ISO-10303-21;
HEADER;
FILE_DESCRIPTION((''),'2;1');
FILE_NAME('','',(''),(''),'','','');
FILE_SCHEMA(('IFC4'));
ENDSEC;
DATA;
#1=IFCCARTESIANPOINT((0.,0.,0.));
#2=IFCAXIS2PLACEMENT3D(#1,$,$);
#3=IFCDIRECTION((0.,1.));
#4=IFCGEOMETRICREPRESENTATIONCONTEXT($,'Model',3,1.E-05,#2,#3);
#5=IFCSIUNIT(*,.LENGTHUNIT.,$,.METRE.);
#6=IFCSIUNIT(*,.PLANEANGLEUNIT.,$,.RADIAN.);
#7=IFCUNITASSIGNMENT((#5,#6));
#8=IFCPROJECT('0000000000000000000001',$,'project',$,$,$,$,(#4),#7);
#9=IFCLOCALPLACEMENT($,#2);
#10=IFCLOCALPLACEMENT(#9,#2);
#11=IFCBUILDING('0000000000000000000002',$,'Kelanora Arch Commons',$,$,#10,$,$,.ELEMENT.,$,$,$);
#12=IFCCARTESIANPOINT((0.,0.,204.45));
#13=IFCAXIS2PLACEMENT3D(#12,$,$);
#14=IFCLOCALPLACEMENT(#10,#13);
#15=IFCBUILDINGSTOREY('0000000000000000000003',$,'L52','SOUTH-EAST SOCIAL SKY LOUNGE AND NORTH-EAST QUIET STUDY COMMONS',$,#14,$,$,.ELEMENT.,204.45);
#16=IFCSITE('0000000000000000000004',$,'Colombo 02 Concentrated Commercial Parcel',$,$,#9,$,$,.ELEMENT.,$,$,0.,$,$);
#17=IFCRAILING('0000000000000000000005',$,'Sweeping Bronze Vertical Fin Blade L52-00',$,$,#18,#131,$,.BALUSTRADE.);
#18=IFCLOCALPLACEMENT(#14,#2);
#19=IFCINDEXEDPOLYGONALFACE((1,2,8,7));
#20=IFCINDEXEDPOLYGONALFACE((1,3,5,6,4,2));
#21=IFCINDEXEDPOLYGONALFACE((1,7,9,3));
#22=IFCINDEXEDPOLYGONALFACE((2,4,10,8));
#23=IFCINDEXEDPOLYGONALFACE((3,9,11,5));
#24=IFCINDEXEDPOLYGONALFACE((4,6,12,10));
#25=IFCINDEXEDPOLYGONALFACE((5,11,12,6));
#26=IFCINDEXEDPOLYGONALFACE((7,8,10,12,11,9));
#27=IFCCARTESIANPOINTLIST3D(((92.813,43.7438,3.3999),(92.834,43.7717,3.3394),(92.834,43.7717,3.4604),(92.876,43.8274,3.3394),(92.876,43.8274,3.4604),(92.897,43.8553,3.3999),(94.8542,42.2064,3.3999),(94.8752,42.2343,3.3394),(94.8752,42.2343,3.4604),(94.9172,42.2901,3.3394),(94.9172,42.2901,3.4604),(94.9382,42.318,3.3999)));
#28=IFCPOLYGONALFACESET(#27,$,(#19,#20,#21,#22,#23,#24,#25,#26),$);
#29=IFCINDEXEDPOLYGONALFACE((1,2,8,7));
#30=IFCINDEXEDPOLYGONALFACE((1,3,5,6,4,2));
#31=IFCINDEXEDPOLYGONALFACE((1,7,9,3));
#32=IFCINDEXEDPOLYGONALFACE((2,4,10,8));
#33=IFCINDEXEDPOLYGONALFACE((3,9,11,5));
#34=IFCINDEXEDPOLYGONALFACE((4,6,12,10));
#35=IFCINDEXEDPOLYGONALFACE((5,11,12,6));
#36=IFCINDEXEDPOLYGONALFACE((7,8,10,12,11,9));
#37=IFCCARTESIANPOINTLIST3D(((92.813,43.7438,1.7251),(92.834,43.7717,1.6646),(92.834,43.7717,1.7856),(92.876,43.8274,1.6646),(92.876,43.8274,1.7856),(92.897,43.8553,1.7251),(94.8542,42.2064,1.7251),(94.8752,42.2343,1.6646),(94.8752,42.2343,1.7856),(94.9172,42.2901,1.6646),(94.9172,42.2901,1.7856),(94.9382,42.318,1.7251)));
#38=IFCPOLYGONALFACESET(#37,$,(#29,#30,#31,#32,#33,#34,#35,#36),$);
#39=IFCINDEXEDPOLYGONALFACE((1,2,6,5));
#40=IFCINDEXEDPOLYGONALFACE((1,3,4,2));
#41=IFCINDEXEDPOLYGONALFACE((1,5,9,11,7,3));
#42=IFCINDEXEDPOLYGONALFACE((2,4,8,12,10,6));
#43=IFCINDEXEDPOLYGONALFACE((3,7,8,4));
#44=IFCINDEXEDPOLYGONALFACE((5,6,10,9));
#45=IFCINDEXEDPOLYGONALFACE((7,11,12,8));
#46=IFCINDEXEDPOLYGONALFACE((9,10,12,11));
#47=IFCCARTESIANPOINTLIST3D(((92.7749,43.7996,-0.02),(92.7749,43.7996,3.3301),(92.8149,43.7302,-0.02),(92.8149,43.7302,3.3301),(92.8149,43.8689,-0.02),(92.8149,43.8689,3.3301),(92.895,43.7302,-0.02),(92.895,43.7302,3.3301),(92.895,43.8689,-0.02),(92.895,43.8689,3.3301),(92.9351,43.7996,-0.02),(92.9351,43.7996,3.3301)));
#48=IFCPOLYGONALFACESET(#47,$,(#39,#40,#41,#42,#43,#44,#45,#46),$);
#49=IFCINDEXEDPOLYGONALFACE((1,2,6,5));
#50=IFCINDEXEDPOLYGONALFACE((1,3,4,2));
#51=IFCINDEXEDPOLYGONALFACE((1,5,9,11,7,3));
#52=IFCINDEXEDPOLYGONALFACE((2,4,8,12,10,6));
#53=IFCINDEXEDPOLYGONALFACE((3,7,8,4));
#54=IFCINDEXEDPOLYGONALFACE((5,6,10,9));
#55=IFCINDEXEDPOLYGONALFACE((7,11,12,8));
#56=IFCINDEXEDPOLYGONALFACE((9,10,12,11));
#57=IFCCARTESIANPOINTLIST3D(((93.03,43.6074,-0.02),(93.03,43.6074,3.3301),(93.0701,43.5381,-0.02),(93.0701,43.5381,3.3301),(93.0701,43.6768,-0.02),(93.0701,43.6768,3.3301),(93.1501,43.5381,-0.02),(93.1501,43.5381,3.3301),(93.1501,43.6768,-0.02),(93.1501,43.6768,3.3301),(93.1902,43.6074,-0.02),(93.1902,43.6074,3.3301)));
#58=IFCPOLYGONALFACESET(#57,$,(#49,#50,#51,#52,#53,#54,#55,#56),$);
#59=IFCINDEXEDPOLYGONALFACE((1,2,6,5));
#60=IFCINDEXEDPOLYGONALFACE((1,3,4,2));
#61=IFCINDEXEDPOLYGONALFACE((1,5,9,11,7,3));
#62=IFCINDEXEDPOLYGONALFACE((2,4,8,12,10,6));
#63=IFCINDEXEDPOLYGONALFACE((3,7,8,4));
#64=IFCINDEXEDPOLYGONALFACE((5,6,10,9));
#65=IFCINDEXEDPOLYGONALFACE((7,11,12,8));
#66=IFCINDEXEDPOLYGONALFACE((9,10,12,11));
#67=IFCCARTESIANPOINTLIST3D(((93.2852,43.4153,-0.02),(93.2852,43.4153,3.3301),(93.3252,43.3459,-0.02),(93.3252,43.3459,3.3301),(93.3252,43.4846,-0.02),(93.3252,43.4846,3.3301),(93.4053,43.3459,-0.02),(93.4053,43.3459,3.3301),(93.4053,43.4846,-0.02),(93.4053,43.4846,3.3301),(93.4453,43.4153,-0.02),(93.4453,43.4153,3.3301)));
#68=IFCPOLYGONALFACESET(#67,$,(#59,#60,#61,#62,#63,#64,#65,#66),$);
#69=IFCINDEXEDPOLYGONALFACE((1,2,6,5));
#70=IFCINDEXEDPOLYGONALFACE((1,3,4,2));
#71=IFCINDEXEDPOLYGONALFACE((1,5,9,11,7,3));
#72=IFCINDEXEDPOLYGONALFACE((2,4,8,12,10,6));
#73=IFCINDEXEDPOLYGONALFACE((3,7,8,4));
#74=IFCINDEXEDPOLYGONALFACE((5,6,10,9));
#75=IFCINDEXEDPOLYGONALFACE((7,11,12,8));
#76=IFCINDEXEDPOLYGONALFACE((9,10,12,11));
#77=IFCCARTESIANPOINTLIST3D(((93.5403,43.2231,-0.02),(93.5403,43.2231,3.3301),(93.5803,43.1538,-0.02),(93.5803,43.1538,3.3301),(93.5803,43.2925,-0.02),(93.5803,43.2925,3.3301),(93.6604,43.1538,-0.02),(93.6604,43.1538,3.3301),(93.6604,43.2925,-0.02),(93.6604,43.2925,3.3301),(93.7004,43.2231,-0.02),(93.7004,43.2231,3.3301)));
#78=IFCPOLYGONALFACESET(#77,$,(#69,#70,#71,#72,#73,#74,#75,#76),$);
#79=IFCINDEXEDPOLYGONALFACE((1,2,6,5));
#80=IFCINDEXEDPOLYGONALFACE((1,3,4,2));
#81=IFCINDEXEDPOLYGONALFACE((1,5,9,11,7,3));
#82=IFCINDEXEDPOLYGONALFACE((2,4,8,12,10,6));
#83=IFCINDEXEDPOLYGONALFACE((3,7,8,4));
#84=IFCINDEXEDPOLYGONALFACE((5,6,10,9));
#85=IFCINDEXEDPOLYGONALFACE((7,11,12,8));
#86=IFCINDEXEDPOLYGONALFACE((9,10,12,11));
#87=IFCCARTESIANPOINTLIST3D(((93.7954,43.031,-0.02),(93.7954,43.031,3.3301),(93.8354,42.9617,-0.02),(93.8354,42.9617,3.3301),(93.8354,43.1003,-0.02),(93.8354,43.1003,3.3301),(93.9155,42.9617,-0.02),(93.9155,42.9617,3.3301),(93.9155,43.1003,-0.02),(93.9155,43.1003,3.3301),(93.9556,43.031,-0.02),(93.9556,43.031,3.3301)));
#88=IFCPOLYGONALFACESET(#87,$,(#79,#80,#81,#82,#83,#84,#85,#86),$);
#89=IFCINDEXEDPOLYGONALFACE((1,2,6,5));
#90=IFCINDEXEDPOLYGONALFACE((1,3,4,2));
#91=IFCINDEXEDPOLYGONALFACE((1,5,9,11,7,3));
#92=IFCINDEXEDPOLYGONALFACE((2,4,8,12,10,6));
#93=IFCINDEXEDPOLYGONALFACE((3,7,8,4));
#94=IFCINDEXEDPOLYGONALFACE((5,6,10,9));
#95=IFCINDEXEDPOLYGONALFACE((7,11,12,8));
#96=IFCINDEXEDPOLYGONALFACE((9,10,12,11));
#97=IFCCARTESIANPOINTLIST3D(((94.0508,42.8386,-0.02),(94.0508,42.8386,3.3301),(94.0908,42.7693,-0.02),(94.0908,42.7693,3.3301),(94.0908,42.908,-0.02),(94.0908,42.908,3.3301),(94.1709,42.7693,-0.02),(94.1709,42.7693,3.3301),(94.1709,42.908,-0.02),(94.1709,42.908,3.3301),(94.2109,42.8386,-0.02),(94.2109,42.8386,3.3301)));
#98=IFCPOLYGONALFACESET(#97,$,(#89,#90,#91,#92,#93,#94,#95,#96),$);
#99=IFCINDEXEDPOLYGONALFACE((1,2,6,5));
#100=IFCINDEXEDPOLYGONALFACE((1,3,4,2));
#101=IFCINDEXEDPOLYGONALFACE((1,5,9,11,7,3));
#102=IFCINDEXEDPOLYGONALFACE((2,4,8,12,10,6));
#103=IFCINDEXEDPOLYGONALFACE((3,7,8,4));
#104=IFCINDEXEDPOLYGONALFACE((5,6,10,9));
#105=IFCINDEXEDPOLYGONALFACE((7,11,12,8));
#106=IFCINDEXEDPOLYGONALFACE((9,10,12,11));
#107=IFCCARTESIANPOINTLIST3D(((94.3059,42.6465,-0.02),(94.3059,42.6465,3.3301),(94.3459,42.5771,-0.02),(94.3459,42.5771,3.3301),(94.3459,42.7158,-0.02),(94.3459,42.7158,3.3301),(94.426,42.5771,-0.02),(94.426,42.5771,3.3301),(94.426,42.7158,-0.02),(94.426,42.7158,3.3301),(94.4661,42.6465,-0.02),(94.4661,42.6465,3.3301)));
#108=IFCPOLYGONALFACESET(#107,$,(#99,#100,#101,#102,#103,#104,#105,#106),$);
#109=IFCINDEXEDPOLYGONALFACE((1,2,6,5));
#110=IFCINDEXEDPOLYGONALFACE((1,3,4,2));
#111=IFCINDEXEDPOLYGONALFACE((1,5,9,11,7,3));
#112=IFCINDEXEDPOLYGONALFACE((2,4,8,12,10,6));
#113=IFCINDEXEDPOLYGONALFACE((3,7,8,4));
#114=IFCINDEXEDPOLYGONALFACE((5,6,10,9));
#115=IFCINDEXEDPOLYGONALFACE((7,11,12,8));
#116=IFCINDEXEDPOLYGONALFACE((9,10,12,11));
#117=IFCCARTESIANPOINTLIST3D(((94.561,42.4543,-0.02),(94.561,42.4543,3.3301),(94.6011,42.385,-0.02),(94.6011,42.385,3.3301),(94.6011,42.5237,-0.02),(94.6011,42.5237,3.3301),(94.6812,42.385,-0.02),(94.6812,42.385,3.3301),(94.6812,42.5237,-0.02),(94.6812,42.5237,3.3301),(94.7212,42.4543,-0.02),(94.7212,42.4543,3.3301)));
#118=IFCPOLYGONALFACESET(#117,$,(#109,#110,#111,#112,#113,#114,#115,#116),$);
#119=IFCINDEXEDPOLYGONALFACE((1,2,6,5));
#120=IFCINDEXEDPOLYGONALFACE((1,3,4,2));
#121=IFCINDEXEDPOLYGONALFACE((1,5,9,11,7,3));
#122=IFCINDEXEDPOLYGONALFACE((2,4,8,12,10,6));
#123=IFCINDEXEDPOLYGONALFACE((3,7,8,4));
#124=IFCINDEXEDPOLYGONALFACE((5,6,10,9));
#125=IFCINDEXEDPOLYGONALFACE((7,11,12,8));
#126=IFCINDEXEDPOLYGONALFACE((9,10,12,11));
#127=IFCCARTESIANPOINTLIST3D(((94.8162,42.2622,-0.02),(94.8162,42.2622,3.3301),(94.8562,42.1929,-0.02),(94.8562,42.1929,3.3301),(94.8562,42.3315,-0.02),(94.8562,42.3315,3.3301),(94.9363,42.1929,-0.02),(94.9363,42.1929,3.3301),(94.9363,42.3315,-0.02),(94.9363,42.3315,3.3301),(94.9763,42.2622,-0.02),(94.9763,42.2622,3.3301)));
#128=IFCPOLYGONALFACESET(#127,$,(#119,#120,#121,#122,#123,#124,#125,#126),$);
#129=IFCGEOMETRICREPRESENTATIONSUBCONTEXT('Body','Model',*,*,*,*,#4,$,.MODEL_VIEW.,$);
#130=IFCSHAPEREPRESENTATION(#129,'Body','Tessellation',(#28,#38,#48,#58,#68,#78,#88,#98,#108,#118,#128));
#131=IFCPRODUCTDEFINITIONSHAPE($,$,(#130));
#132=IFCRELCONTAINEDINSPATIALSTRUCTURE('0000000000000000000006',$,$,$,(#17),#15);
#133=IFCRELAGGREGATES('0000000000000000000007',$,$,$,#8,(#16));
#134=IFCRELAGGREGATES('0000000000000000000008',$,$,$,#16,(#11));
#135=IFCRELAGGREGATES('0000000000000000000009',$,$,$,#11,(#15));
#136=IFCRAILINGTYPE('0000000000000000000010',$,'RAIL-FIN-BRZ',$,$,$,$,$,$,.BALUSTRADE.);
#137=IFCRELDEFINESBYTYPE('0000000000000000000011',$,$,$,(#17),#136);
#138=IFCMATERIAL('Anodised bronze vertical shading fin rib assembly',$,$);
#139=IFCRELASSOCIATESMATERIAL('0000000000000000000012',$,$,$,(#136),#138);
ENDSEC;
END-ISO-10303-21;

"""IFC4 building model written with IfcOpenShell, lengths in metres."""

from ifc_helpers import new_model, si_unit, direction, frame, origin, place, context, subcontext, project, spatial, polyline, outline, extrude, material, type_object, element, save


model = new_model("IFC4")

# Units and contexts
model_context = context("Model", 3, precision=1e-05, world=origin(), true_north=direction((0.0, 1.0)))
body_context = subcontext(model_context, "Body", "Model", "MODEL_VIEW")
ifc_project = project(units=[si_unit("LENGTHUNIT", "METRE"), si_unit("PLANEANGLEUNIT", "RADIAN")], contexts=[model_context])

# Site, building, storey
site_placement = place(None, origin())
site = spatial("IfcSite", under=ifc_project, at=site_placement, Name="Colombo 02 Concentrated Commercial Parcel", CompositionType="ELEMENT", RefElevation=0.0)
building_placement = place(site_placement, origin())
building = spatial("IfcBuilding", under=site, at=building_placement, Name="Kelanora Arch Commons", CompositionType="ELEMENT")
storey_placement = place(building_placement, frame((0.0, 0.0, 204.45)))
storey = spatial("IfcBuildingStorey", under=building, at=storey_placement, Name="L52", Description="SOUTH-EAST SOCIAL SKY LOUNGE AND NORTH-EAST QUIET STUDY COMMONS", CompositionType="ELEMENT", Elevation=204.45)

# Railing
ifc_material_1 = material(Name="Anodised bronze vertical shading fin rib assembly")
railing_type = type_object("IfcRailingType", Name="RAIL-FIN-BRZ", PredefinedType="BALUSTRADE", material=ifc_material_1)
railing_1_placement = place(storey_placement, frame((92.855, 43.7996, -0.02)))
element("IfcRailing", 1, at=railing_1_placement, inside=storey, type_object=railing_type, Name="Sweeping Bronze Vertical Fin Blade L52-00", PredefinedType="BALUSTRADE", context=body_context, shape_type="SweptSolid", body=[
    extrude(outline(polyline([(0.0698, 0.0), (0.0349, 0.0605), (-0.0349, 0.0605), (-0.0698, 0.0), (-0.0349, -0.0605), (0.0349, -0.0605), (0.0698, 0.0)])), frame((0.0, 0.0, 3.4199), z_axis=(0.798795, -0.601604, 0.0), x_axis=(0.601604, 0.798795, 0.0)), (0.0, 0.0, 1.0), 2.5554),
    extrude(outline(polyline([(0.0698, 0.0), (0.0349, 0.0605), (-0.0349, 0.0605), (-0.0698, 0.0), (-0.0349, -0.0605), (0.0349, -0.0605), (0.0698, 0.0)])), frame((0.0, 0.0, 1.7451), z_axis=(0.798795, -0.601604, 0.0), x_axis=(0.601604, 0.798795, 0.0)), (0.0, 0.0, 1.0), 2.5554),
    extrude(outline(polyline([(0.0801, 0.0), (0.04, 0.0693), (-0.04, 0.0693), (-0.0801, 0.0), (-0.04, -0.0693), (0.04, -0.0693), (0.0801, 0.0)])), origin(), (0.0, 0.0, 1.0), 3.3501),
    extrude(outline(polyline([(0.0801, 0.0), (0.04, 0.0693), (-0.04, 0.0693), (-0.0801, 0.0), (-0.04, -0.0693), (0.04, -0.0693), (0.0801, 0.0)])), frame((0.2551, -0.1921, 0.0)), (0.0, 0.0, 1.0), 3.3501),
    extrude(outline(polyline([(0.0801, 0.0), (0.04, 0.0693), (-0.04, 0.0693), (-0.0801, 0.0), (-0.04, -0.0693), (0.04, -0.0693), (0.0801, 0.0)])), frame((0.5103, -0.3843, 0.0)), (0.0, 0.0, 1.0), 3.3501),
    extrude(outline(polyline([(0.0801, 0.0), (0.04, 0.0693), (-0.04, 0.0693), (-0.0801, 0.0), (-0.04, -0.0693), (0.04, -0.0693), (0.0801, 0.0)])), frame((0.7654, -0.5764, 0.0)), (0.0, 0.0, 1.0), 3.3501),
    extrude(outline(polyline([(0.0801, 0.0), (0.04, 0.0693), (-0.04, 0.0693), (-0.0801, 0.0), (-0.04, -0.0693), (0.04, -0.0693), (0.0801, 0.0)])), frame((1.0205, -0.7686, 0.0)), (0.0, 0.0, 1.0), 3.3501),
    extrude(outline(polyline([(0.0801, 0.0), (0.04, 0.0693), (-0.04, 0.0693), (-0.0801, 0.0), (-0.04, -0.0693), (0.04, -0.0693), (0.0801, 0.0)])), frame((1.2759, -0.9609, 0.0)), (0.0, 0.0, 1.0), 3.3501),
    extrude(outline(polyline([(0.0801, 0.0), (0.04, 0.0693), (-0.04, 0.0693), (-0.0801, 0.0), (-0.04, -0.0693), (0.04, -0.0693), (0.0801, 0.0)])), frame((1.531, -1.1531, 0.0)), (0.0, 0.0, 1.0), 3.3501),
    extrude(outline(polyline([(0.0801, 0.0), (0.04, 0.0693), (-0.04, 0.0693), (-0.0801, 0.0), (-0.04, -0.0693), (0.04, -0.0693), (0.0801, 0.0)])), frame((1.7861, -1.3452, 0.0)), (0.0, 0.0, 1.0), 3.3501),
    extrude(outline(polyline([(0.0801, 0.0), (0.04, 0.0693), (-0.04, 0.0693), (-0.0801, 0.0), (-0.04, -0.0693), (0.04, -0.0693), (0.0801, 0.0)])), frame((2.0413, -1.5374, 0.0)), (0.0, 0.0, 1.0), 3.3501),
])

save(model, "model.ifc")
